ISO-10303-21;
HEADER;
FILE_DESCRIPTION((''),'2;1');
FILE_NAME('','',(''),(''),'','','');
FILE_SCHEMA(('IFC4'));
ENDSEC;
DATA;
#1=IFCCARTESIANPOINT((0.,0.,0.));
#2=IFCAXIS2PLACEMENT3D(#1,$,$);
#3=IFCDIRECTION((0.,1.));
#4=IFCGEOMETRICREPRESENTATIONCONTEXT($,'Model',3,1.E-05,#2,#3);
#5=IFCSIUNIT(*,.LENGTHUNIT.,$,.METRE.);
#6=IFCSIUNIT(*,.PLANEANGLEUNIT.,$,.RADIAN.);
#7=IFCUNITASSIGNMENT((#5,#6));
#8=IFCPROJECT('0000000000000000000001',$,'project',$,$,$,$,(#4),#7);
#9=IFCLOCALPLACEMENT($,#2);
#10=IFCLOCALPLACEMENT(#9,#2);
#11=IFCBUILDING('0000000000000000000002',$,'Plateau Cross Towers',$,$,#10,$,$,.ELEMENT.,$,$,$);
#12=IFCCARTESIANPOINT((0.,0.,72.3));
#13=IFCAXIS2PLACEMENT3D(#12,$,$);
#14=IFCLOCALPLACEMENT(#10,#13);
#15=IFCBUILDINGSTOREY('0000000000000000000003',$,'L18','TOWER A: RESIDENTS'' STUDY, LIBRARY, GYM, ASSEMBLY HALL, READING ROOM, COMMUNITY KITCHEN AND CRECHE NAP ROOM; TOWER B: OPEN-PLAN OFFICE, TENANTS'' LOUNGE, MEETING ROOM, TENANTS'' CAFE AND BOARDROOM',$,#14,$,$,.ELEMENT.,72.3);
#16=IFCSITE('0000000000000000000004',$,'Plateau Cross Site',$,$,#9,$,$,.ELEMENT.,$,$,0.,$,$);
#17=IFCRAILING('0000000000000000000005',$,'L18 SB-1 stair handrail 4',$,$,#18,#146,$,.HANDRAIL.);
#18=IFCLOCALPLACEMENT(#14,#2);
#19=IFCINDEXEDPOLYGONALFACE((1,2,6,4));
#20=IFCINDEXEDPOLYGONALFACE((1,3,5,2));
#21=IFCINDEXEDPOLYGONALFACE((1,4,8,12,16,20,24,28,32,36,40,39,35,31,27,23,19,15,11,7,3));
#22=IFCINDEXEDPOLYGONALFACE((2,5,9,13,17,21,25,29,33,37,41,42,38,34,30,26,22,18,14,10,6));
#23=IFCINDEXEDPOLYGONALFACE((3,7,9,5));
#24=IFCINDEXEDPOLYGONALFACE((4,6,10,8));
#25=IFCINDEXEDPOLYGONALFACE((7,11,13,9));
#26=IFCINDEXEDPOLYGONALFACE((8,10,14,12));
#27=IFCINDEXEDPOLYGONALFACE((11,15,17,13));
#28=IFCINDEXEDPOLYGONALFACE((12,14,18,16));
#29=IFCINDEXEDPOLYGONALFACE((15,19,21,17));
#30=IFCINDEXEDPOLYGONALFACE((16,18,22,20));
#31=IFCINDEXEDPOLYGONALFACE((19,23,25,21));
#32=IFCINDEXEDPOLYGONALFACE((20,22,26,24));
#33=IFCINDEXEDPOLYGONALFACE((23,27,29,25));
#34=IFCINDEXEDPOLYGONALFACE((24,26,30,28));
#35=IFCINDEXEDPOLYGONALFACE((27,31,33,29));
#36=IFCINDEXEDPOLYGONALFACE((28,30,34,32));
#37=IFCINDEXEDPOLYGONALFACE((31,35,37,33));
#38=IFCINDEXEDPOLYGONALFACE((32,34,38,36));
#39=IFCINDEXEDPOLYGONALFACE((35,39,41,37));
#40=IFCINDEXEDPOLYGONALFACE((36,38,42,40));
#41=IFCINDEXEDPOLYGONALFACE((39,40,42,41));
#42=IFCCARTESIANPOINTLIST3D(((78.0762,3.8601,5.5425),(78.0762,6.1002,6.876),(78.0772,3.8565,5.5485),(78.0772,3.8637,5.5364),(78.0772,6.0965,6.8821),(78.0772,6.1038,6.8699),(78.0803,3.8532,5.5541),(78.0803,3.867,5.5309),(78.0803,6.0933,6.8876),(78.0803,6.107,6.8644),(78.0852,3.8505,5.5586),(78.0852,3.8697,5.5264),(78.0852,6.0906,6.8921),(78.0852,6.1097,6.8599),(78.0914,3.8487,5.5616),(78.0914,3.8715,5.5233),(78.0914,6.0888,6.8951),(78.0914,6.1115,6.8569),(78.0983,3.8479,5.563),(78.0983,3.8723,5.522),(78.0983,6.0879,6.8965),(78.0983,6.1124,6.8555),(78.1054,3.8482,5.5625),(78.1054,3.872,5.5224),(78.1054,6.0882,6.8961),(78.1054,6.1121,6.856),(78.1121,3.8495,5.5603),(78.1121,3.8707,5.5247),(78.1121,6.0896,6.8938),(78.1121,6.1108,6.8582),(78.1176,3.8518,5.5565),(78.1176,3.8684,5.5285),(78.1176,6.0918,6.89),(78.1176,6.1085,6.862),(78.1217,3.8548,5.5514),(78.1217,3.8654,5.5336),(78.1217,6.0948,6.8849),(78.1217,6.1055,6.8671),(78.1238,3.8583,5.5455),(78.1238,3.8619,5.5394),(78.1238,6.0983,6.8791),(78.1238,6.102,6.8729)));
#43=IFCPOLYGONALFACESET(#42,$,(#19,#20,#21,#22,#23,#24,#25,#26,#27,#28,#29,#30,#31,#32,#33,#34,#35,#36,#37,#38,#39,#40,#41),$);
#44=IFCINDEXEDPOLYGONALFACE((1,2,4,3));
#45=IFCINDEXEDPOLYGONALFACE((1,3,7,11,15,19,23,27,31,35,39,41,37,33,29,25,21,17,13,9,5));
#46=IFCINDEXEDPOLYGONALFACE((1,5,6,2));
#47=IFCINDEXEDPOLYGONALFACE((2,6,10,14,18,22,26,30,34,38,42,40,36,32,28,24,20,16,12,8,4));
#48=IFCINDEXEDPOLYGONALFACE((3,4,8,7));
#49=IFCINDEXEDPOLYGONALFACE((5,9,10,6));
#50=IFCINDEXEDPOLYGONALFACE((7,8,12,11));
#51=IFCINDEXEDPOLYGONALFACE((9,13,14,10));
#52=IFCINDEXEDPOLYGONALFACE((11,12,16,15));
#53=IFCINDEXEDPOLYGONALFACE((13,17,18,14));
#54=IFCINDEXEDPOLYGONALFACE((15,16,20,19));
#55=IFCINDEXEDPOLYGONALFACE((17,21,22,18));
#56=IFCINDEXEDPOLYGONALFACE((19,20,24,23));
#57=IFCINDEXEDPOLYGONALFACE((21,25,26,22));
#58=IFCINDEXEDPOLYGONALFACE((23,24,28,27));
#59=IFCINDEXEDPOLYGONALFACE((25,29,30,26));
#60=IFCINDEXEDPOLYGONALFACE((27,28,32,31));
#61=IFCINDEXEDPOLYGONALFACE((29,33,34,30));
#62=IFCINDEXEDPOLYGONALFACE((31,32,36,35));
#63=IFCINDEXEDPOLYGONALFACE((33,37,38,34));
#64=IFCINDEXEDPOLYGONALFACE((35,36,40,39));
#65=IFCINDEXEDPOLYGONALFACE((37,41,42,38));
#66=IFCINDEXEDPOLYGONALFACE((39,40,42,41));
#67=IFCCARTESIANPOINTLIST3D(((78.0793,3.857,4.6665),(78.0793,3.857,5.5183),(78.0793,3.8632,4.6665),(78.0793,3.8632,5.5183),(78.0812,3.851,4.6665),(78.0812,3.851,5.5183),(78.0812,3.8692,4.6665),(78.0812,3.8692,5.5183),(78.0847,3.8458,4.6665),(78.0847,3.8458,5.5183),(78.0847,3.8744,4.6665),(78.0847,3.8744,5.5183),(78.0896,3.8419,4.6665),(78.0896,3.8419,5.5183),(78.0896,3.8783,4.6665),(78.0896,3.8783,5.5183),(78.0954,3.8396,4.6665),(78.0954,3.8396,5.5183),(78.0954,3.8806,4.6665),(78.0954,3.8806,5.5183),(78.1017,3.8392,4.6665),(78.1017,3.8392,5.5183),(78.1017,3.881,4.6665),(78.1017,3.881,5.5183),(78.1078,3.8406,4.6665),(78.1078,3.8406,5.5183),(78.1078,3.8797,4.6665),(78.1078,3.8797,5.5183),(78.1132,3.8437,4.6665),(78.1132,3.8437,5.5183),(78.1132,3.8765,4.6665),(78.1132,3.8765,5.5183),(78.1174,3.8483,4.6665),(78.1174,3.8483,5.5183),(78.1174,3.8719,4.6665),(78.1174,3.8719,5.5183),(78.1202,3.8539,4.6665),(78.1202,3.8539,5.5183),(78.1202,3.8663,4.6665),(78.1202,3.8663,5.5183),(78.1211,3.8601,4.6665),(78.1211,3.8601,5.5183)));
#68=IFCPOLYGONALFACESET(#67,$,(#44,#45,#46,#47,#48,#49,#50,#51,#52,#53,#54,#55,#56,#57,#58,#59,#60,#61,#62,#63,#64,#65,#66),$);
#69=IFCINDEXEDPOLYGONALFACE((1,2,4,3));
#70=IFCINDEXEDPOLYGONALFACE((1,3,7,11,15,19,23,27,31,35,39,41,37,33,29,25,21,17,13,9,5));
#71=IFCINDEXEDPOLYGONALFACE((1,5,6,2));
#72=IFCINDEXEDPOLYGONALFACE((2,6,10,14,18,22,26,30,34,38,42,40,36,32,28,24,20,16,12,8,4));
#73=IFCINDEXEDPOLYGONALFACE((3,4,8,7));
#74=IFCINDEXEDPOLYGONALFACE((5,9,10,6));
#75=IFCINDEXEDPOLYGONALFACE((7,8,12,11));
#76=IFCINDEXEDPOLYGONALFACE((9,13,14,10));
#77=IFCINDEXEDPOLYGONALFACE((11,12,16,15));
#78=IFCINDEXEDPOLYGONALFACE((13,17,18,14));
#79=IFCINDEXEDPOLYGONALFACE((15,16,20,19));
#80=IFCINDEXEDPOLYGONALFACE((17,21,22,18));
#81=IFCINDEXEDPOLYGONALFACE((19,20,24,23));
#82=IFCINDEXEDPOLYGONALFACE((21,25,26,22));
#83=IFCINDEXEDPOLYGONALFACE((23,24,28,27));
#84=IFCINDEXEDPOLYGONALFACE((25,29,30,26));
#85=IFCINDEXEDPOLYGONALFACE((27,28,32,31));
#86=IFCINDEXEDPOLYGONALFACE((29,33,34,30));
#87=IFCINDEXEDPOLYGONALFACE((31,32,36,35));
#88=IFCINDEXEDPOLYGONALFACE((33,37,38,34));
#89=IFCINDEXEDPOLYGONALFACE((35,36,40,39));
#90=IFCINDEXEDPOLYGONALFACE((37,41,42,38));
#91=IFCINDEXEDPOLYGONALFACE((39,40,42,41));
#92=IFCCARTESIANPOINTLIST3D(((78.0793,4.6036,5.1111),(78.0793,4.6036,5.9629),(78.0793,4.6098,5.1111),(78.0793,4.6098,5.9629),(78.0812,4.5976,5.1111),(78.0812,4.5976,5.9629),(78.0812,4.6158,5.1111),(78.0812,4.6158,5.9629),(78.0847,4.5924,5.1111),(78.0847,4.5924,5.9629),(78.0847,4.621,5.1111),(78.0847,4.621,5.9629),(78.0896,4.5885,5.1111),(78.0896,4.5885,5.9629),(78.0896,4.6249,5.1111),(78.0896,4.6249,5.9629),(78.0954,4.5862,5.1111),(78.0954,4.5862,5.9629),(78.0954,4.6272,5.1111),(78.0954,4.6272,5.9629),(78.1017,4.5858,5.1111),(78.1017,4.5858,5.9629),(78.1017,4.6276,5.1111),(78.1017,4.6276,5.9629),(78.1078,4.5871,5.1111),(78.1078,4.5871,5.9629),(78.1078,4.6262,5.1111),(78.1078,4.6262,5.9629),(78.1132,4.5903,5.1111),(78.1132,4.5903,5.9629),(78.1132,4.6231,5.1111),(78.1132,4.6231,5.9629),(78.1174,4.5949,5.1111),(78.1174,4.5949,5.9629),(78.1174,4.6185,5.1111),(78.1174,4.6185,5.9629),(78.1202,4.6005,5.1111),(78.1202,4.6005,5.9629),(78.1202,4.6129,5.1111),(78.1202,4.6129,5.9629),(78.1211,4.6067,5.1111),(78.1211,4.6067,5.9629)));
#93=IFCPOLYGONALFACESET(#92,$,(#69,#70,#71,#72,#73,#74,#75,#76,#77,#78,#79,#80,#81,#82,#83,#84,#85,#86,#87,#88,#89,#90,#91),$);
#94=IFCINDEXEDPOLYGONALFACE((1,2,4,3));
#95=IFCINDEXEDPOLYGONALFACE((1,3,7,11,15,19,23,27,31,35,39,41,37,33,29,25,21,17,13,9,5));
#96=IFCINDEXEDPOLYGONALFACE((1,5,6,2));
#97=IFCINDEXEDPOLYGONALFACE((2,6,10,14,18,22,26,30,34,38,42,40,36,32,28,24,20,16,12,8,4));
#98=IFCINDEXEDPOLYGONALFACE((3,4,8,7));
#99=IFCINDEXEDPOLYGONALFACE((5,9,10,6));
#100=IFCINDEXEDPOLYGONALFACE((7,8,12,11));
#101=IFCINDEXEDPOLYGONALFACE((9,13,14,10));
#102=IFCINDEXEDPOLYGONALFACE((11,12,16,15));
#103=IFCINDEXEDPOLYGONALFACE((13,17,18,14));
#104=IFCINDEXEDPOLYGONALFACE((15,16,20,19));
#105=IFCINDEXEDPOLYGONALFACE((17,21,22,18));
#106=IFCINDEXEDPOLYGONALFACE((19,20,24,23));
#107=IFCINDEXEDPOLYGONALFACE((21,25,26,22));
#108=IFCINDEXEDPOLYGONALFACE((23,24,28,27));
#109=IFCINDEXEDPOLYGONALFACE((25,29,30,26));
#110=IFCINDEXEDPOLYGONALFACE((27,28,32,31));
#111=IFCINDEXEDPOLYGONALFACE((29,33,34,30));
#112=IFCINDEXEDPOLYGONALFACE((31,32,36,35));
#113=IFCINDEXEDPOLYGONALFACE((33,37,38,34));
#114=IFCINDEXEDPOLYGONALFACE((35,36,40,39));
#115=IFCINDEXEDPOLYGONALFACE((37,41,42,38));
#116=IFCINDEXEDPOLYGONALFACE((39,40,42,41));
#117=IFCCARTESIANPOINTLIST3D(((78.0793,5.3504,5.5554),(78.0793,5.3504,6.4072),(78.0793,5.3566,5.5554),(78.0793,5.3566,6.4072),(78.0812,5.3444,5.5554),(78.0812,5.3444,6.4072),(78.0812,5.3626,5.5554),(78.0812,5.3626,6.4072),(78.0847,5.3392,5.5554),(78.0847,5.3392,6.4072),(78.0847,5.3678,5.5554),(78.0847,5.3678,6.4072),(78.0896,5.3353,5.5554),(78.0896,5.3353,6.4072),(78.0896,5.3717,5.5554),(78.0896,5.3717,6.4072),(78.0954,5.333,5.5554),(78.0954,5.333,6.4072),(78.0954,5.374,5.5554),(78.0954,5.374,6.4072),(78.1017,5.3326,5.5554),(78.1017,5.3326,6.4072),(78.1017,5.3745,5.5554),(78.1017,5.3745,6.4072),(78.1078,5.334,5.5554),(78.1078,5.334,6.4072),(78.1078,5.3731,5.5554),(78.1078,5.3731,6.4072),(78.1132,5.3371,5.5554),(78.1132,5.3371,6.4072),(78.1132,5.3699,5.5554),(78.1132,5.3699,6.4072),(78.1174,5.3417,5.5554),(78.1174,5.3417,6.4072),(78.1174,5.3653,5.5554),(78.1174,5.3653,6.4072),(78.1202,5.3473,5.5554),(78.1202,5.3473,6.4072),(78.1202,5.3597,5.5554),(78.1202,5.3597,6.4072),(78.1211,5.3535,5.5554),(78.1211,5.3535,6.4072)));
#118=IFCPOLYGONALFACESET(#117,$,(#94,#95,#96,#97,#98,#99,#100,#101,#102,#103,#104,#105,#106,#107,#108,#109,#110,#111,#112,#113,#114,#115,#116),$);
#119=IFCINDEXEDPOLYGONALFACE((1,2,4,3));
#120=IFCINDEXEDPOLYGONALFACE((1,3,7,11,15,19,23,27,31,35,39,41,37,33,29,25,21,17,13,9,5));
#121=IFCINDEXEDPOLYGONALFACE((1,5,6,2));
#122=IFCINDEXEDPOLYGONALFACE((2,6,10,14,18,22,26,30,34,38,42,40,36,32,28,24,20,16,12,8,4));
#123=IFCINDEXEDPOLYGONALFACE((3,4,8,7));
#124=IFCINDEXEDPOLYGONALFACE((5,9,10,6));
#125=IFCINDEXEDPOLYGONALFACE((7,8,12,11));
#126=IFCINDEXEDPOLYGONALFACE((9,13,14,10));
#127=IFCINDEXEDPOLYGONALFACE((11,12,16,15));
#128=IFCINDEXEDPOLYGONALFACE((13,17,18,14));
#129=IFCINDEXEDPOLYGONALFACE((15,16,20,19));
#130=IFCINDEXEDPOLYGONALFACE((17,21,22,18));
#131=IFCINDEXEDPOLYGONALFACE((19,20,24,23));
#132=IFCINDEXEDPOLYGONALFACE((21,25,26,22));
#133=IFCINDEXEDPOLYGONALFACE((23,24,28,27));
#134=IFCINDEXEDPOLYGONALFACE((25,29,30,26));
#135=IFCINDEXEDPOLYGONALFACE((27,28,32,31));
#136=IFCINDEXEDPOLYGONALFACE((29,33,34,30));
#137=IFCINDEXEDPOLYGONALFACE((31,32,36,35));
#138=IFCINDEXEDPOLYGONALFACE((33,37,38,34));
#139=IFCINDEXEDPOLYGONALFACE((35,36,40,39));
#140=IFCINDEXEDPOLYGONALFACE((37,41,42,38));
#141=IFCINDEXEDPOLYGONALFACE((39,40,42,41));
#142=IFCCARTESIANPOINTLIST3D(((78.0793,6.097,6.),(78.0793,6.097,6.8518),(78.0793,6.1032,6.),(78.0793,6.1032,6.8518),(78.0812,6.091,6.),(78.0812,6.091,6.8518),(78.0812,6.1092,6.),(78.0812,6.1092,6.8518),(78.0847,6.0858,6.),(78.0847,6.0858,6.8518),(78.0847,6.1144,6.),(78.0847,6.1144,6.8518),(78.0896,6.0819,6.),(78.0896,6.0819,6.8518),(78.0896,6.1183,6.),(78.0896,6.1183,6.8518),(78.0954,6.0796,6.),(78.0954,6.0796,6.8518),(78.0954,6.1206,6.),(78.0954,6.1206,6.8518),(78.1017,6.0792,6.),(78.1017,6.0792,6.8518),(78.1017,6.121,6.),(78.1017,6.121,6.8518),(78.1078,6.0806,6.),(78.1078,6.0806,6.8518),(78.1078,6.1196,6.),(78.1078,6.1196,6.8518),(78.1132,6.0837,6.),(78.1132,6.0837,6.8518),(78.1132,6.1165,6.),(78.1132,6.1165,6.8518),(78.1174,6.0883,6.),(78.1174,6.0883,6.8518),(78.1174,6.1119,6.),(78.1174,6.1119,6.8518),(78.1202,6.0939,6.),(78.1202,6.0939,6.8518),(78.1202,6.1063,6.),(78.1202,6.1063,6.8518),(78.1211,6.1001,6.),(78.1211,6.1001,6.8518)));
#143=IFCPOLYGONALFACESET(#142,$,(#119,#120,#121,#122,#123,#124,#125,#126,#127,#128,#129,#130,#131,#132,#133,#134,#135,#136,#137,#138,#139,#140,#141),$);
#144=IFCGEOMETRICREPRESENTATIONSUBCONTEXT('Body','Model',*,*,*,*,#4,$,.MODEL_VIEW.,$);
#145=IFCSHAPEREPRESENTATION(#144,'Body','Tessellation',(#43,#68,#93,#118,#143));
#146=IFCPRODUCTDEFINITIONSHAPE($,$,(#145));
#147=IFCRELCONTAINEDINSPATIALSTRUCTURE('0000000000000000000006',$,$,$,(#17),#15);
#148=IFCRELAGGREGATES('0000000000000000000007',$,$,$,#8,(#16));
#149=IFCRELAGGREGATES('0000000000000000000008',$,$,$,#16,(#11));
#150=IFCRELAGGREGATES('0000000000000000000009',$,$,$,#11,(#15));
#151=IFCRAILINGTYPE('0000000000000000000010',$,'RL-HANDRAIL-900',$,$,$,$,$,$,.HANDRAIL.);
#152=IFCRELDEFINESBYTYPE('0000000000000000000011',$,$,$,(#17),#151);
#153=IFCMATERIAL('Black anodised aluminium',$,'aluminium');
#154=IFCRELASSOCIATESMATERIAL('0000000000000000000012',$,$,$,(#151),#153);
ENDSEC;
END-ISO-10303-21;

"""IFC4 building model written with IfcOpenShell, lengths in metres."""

from ifc_helpers import new_model, si_unit, direction, frame, origin, origin_2d, place, context, subcontext, project, spatial, circle, extrude, material, type_object, element, save


model = new_model("IFC4")

# Units and contexts
model_context = context("Model", 3, precision=1e-05, world=origin(), true_north=direction((0.0, 1.0)))
body_context = subcontext(model_context, "Body", "Model", "MODEL_VIEW")
ifc_project = project(units=[si_unit("LENGTHUNIT", "METRE"), si_unit("PLANEANGLEUNIT", "RADIAN")], contexts=[model_context])

# Site, building, storey
site_placement = place(None, origin())
site = spatial("IfcSite", under=ifc_project, at=site_placement, Name="Plateau Cross Site", CompositionType="ELEMENT", RefElevation=0.0)
building_placement = place(site_placement, origin())
building = spatial("IfcBuilding", under=site, at=building_placement, Name="Plateau Cross Towers", CompositionType="ELEMENT")
storey_placement = place(building_placement, frame((0.0, 0.0, 72.3)))
storey = spatial("IfcBuildingStorey", under=building, at=storey_placement, Name="L18", Description="TOWER A: RESIDENTS' STUDY, LIBRARY, GYM, ASSEMBLY HALL, READING ROOM, COMMUNITY KITCHEN AND CRECHE NAP ROOM; TOWER B: OPEN-PLAN OFFICE, TENANTS' LOUNGE, MEETING ROOM, TENANTS' CAFE AND BOARDROOM", CompositionType="ELEMENT", Elevation=72.3)

# Shared definitions
ifc_material_1 = material(Name="Black anodised aluminium", Category="aluminium")

# Railing
railing_type_1 = type_object("IfcRailingType", Name="RL-HANDRAIL-900", PredefinedType="HANDRAIL", material=ifc_material_1)
railing_1_placement = place(storey_placement, frame((78.1001, 3.8601, 4.6665)))
element("IfcRailing", 1, at=railing_1_placement, inside=storey, type_object=railing_type_1, Name="L18 SB-1 stair handrail 4", PredefinedType="HANDRAIL", context=body_context, shape_type="SweptSolid", body=[
    extrude(circle(Radius=0.0239, at=origin_2d()), frame((0.0, 0.0, 0.876), z_axis=(0.0, 0.859264, 0.511532), x_axis=(-1.0, 0.0, 0.0)), (0.0, 0.0, 1.0), 2.6069),
    extrude(circle(Radius=0.021, at=origin_2d()), origin(), (0.0, 0.0, 1.0), 0.8518),
    extrude(circle(Radius=0.021, at=origin_2d()), frame((0.0, 0.7466, 0.4446)), (0.0, 0.0, 1.0), 0.8518),
    extrude(circle(Radius=0.021, at=origin_2d()), frame((0.0, 1.4934, 0.8889)), (0.0, 0.0, 1.0), 0.8518),
    extrude(circle(Radius=0.021, at=origin_2d()), frame((0.0, 2.24, 1.3335)), (0.0, 0.0, 1.0), 0.8518),
])

save(model, "model.ifc")
